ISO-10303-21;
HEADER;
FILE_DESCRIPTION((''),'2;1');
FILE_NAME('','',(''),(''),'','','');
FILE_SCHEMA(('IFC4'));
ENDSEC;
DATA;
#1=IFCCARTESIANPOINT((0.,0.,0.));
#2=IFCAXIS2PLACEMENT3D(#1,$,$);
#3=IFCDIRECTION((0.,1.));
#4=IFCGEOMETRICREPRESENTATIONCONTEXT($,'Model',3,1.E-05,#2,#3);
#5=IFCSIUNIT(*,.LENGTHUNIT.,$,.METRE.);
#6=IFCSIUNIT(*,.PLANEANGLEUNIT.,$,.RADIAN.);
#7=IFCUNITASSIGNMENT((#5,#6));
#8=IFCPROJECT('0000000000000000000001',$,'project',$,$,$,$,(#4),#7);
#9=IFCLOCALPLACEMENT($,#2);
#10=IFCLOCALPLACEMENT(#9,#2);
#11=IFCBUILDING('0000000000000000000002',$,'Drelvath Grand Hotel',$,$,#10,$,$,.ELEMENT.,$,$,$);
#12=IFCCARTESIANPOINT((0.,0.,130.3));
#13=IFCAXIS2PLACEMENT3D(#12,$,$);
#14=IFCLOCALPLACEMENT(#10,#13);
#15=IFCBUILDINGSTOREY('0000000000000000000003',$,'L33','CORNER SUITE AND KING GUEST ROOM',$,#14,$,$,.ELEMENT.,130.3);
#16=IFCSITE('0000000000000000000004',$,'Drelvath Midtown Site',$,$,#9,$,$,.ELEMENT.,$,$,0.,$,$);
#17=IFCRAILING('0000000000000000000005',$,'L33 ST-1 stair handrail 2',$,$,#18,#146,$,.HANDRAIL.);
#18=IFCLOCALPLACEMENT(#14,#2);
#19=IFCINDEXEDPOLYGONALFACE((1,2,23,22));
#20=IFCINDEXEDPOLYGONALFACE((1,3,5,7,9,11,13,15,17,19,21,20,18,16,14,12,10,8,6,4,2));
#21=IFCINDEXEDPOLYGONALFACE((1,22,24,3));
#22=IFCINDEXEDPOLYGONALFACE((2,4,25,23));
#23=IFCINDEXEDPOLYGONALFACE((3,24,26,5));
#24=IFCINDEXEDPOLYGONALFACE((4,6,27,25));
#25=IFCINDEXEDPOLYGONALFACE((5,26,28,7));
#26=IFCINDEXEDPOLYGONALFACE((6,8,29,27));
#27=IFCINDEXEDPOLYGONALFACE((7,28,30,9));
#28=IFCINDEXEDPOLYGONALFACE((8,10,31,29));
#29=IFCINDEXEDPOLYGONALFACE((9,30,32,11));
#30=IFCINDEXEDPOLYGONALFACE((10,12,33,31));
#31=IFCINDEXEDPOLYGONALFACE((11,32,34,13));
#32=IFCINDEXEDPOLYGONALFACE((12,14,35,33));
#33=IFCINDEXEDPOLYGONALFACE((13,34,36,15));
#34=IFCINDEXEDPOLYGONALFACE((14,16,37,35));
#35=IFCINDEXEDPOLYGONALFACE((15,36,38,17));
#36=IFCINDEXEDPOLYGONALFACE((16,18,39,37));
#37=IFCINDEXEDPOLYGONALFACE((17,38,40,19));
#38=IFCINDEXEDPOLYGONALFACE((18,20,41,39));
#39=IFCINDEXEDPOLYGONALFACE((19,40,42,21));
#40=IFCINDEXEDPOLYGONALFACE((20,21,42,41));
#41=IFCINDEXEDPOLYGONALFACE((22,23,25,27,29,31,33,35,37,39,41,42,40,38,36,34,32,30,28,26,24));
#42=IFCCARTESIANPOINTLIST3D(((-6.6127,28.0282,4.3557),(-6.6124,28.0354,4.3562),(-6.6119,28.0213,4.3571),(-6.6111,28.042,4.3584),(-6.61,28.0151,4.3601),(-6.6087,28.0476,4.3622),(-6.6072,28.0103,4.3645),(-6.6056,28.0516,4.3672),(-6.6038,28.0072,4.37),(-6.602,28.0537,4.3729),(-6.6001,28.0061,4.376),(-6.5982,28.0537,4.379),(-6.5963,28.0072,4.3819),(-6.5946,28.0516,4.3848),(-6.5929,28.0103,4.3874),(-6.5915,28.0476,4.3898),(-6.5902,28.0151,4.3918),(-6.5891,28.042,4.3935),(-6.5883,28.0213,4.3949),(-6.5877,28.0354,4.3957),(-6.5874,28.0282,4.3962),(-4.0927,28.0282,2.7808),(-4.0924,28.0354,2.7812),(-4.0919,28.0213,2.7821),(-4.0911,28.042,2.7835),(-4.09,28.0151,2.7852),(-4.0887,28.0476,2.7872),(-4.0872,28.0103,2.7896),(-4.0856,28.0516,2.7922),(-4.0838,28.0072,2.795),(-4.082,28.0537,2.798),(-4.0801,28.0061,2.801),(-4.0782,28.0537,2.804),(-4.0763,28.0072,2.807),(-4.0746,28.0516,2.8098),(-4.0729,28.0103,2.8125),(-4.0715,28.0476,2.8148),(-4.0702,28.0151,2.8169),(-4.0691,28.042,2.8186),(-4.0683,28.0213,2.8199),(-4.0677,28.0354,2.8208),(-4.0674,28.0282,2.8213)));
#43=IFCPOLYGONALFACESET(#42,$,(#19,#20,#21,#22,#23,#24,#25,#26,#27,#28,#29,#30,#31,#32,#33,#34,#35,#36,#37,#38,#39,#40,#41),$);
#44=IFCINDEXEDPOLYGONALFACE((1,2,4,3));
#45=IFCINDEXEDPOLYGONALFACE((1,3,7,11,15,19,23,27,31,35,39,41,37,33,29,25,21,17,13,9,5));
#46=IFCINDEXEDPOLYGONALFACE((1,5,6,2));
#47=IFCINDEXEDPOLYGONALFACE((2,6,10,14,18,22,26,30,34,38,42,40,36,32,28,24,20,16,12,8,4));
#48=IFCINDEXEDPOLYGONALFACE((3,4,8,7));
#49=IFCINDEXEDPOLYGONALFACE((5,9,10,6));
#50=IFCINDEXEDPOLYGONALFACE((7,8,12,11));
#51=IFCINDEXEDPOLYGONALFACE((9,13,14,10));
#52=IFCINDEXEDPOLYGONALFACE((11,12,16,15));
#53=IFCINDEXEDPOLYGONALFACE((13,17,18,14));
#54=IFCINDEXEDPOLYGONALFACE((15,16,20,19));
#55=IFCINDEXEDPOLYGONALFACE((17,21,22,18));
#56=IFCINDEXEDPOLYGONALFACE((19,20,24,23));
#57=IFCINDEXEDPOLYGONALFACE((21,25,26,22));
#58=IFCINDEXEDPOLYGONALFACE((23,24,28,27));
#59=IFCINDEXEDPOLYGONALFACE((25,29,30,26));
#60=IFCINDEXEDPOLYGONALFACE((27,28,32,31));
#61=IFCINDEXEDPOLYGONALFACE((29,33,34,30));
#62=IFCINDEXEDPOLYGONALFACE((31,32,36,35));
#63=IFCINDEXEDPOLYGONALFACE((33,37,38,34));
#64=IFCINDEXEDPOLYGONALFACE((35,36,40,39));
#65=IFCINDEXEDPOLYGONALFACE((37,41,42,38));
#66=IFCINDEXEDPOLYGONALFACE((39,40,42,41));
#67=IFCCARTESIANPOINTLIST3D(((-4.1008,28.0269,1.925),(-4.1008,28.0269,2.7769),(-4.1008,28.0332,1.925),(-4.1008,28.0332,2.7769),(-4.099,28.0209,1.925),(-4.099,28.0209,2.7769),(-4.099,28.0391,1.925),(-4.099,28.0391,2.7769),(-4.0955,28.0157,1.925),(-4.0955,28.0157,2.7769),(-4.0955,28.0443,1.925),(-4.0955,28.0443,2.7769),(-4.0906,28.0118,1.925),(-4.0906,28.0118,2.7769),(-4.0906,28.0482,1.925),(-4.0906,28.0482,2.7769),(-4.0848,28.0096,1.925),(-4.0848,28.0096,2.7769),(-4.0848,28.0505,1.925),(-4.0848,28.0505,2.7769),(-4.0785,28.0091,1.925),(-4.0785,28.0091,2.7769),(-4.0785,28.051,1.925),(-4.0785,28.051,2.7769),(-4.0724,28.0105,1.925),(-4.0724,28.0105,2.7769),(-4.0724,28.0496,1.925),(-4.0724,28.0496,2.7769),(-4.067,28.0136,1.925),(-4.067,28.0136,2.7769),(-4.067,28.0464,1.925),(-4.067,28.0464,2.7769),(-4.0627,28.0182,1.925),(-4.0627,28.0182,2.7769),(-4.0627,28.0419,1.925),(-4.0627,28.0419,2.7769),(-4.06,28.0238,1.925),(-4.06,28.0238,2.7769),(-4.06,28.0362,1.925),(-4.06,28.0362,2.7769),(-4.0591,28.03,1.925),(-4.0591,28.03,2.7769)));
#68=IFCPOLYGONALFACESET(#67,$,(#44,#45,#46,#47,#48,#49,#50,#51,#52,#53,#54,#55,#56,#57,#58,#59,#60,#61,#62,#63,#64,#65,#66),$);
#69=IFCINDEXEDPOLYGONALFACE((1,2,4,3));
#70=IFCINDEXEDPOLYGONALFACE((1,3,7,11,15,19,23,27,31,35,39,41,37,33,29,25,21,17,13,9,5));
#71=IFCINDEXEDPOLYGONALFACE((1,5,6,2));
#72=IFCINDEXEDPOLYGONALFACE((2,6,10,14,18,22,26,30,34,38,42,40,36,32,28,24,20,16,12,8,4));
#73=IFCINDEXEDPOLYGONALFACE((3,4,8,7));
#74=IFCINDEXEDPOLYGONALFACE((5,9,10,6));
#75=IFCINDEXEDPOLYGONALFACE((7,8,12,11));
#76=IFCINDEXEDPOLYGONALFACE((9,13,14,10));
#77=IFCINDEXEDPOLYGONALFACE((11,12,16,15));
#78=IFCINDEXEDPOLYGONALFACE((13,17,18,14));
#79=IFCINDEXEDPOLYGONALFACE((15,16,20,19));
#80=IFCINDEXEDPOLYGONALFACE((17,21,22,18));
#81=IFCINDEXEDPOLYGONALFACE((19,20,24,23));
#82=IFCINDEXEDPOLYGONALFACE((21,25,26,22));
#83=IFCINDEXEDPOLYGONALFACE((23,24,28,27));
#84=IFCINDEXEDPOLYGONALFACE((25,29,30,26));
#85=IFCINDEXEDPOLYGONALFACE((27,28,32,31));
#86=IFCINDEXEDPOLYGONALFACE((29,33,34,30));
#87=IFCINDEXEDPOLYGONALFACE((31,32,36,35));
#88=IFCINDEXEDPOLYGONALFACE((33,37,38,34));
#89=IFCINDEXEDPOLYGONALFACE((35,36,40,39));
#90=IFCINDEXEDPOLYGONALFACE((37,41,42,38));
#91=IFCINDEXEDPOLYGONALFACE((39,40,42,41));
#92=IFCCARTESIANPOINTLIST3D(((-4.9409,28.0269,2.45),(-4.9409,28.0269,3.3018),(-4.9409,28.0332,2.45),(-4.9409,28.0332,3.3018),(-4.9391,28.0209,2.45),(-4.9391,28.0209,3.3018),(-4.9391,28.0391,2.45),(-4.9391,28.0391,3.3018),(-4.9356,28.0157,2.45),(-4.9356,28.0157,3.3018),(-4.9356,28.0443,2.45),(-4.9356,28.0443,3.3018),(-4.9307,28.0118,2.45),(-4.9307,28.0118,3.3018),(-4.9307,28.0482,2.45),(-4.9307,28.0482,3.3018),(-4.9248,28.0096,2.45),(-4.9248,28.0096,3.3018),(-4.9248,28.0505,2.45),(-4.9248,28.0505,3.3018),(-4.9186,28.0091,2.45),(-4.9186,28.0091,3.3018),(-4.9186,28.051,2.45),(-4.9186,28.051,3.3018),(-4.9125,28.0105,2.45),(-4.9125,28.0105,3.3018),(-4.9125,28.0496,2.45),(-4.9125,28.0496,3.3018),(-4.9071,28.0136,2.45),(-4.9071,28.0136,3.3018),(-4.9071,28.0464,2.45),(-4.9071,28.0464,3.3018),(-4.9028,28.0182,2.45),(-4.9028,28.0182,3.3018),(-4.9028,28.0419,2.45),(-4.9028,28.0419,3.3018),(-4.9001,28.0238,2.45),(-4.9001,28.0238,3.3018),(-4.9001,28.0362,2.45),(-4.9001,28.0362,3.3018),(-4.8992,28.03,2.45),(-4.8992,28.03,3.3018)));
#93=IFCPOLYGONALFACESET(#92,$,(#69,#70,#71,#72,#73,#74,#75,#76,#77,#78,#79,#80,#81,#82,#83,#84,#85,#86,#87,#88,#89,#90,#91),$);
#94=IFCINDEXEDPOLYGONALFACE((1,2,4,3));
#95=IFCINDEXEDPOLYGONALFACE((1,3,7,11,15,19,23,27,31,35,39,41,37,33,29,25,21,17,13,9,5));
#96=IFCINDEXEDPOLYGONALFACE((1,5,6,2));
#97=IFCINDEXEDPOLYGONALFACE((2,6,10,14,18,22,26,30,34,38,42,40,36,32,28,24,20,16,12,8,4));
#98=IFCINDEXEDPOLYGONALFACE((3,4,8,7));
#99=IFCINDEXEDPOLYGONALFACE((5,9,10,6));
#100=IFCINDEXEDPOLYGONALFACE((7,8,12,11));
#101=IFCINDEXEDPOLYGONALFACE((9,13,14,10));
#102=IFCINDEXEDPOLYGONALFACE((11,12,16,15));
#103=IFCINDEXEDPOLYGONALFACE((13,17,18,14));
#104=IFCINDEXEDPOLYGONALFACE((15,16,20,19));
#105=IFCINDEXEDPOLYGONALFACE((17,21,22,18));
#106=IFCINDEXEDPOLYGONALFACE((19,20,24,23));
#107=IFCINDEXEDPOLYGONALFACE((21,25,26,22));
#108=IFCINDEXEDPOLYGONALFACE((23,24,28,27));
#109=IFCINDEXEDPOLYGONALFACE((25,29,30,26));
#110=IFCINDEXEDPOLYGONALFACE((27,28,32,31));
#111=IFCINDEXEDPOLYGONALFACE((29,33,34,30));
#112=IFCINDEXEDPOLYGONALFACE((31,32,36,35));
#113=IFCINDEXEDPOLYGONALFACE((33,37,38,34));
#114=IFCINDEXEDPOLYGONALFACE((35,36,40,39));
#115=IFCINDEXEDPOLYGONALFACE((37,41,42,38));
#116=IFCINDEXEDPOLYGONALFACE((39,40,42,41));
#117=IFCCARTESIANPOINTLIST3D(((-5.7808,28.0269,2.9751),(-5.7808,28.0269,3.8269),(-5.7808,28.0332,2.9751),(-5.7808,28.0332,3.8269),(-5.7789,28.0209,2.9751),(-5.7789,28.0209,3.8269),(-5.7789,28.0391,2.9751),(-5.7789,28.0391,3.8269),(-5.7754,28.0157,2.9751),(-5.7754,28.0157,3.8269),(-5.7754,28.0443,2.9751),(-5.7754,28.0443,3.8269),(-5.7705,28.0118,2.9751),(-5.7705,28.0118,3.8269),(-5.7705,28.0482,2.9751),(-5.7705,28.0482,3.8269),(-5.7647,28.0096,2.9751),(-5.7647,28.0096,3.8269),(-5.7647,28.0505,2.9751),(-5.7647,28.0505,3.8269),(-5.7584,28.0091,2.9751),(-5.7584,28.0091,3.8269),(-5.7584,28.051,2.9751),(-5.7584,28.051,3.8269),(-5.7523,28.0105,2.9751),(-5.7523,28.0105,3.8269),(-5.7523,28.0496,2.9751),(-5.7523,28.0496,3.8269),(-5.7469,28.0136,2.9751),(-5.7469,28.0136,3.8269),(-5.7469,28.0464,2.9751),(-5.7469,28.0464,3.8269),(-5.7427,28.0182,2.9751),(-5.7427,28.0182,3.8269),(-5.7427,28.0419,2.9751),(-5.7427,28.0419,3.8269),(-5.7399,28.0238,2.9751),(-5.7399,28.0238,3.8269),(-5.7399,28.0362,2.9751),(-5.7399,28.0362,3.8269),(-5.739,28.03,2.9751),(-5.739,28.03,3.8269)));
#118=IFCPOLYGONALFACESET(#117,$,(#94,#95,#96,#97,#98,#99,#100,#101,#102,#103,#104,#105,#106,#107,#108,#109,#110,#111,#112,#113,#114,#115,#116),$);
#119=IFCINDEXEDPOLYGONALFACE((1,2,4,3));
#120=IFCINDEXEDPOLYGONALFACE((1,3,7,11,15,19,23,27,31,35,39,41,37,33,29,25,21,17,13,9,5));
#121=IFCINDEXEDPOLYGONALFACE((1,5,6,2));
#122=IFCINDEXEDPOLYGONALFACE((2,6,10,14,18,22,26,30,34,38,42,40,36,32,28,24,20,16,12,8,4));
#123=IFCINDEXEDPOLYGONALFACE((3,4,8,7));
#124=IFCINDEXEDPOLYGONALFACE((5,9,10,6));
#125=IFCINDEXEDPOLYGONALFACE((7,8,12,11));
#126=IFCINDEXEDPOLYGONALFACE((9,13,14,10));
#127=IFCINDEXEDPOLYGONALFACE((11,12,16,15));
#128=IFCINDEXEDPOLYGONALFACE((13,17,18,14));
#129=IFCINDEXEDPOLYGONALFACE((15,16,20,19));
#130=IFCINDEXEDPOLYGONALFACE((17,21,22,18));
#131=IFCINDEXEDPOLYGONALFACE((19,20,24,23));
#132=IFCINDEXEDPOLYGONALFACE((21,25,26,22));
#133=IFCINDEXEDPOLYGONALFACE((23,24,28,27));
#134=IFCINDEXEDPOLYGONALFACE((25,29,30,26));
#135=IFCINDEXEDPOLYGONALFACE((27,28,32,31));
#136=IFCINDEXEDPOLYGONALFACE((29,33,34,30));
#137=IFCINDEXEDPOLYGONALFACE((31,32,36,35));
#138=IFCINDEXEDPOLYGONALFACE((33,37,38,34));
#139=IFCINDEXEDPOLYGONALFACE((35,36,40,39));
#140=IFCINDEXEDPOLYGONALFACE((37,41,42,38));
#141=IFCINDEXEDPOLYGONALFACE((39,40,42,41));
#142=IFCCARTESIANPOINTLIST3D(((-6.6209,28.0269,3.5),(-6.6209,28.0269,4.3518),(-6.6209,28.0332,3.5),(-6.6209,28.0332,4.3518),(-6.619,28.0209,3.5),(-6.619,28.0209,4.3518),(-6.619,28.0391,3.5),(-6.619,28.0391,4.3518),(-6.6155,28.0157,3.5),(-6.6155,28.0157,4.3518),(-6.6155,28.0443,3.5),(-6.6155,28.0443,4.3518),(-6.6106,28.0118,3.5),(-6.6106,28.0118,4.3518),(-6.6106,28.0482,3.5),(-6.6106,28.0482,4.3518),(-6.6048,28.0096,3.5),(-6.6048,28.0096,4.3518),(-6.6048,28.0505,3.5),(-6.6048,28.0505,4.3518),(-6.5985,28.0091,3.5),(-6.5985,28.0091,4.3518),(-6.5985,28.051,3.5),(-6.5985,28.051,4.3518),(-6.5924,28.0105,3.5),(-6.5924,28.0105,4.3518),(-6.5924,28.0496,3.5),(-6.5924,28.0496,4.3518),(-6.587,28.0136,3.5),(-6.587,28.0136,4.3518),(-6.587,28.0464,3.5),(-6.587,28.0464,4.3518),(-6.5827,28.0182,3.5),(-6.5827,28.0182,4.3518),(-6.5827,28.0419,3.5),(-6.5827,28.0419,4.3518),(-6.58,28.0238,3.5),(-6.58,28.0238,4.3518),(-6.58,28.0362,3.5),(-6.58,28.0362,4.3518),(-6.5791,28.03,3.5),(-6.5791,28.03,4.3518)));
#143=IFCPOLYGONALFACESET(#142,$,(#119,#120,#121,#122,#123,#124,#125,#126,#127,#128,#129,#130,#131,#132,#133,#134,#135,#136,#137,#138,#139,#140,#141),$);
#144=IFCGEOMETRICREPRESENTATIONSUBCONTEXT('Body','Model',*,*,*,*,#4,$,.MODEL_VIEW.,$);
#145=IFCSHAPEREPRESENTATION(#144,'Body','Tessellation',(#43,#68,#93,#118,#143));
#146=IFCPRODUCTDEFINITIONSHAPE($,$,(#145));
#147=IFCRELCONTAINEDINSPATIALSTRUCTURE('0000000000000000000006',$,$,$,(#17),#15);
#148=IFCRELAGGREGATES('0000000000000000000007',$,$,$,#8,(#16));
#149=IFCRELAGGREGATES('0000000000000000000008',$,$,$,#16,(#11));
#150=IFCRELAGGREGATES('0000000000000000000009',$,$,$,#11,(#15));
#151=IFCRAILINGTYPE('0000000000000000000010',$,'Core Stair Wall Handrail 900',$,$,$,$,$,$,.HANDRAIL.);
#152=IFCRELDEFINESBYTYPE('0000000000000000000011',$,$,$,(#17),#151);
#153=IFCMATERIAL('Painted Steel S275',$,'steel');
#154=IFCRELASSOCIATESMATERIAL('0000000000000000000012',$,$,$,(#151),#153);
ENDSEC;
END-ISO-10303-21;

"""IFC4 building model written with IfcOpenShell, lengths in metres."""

from ifc_helpers import new_model, si_unit, direction, frame, origin, origin_2d, place, context, subcontext, project, spatial, circle, extrude, material, type_object, element, save


model = new_model("IFC4")

# Units and contexts
model_context = context("Model", 3, precision=1e-05, world=origin(), true_north=direction((0.0, 1.0)))
body_context = subcontext(model_context, "Body", "Model", "MODEL_VIEW")
ifc_project = project(units=[si_unit("LENGTHUNIT", "METRE"), si_unit("PLANEANGLEUNIT", "RADIAN")], contexts=[model_context])

# Site, building, storey
site_placement = place(None, origin())
site = spatial("IfcSite", under=ifc_project, at=site_placement, Name="Drelvath Midtown Site", CompositionType="ELEMENT", RefElevation=0.0)
building_placement = place(site_placement, origin())
building = spatial("IfcBuilding", under=site, at=building_placement, Name="Drelvath Grand Hotel", CompositionType="ELEMENT")
storey_placement = place(building_placement, frame((0.0, 0.0, 130.3)))
storey = spatial("IfcBuildingStorey", under=building, at=storey_placement, Name="L33", Description="CORNER SUITE AND KING GUEST ROOM", CompositionType="ELEMENT", Elevation=130.3)

# Shared definitions
ifc_material_1 = material(Name="Painted Steel S275", Category="steel")

# Railing
railing_type = type_object("IfcRailingType", Name="Core Stair Wall Handrail 900", PredefinedType="HANDRAIL", material=ifc_material_1)
railing_placement = place(storey_placement, frame((-4.0801, 28.03, 1.925)))
element("IfcRailing", 1, at=railing_placement, inside=storey, type_object=railing_type, Name="L33 ST-1 stair handrail 2", PredefinedType="HANDRAIL", context=body_context, shape_type="SweptSolid", body=[
    extrude(circle(Radius=0.0239, at=origin_2d()), frame((0.0, 0.0, 0.876), z_axis=(-0.848008, 0.0, 0.529984), x_axis=(0.0, -1.0, 0.0)), (0.0, 0.0, 1.0), 2.9717),
    extrude(circle(Radius=0.021, at=origin_2d()), origin(), (0.0, 0.0, 1.0), 0.8518),
    extrude(circle(Radius=0.021, at=origin_2d()), frame((-0.8401, 0.0, 0.5249)), (0.0, 0.0, 1.0), 0.8518),
    extrude(circle(Radius=0.021, at=origin_2d()), frame((-1.6799, 0.0, 1.05)), (0.0, 0.0, 1.0), 0.8518),
    extrude(circle(Radius=0.021, at=origin_2d()), frame((-2.52, 0.0, 1.575)), (0.0, 0.0, 1.0), 0.8518),
])

save(model, "model.ifc")
